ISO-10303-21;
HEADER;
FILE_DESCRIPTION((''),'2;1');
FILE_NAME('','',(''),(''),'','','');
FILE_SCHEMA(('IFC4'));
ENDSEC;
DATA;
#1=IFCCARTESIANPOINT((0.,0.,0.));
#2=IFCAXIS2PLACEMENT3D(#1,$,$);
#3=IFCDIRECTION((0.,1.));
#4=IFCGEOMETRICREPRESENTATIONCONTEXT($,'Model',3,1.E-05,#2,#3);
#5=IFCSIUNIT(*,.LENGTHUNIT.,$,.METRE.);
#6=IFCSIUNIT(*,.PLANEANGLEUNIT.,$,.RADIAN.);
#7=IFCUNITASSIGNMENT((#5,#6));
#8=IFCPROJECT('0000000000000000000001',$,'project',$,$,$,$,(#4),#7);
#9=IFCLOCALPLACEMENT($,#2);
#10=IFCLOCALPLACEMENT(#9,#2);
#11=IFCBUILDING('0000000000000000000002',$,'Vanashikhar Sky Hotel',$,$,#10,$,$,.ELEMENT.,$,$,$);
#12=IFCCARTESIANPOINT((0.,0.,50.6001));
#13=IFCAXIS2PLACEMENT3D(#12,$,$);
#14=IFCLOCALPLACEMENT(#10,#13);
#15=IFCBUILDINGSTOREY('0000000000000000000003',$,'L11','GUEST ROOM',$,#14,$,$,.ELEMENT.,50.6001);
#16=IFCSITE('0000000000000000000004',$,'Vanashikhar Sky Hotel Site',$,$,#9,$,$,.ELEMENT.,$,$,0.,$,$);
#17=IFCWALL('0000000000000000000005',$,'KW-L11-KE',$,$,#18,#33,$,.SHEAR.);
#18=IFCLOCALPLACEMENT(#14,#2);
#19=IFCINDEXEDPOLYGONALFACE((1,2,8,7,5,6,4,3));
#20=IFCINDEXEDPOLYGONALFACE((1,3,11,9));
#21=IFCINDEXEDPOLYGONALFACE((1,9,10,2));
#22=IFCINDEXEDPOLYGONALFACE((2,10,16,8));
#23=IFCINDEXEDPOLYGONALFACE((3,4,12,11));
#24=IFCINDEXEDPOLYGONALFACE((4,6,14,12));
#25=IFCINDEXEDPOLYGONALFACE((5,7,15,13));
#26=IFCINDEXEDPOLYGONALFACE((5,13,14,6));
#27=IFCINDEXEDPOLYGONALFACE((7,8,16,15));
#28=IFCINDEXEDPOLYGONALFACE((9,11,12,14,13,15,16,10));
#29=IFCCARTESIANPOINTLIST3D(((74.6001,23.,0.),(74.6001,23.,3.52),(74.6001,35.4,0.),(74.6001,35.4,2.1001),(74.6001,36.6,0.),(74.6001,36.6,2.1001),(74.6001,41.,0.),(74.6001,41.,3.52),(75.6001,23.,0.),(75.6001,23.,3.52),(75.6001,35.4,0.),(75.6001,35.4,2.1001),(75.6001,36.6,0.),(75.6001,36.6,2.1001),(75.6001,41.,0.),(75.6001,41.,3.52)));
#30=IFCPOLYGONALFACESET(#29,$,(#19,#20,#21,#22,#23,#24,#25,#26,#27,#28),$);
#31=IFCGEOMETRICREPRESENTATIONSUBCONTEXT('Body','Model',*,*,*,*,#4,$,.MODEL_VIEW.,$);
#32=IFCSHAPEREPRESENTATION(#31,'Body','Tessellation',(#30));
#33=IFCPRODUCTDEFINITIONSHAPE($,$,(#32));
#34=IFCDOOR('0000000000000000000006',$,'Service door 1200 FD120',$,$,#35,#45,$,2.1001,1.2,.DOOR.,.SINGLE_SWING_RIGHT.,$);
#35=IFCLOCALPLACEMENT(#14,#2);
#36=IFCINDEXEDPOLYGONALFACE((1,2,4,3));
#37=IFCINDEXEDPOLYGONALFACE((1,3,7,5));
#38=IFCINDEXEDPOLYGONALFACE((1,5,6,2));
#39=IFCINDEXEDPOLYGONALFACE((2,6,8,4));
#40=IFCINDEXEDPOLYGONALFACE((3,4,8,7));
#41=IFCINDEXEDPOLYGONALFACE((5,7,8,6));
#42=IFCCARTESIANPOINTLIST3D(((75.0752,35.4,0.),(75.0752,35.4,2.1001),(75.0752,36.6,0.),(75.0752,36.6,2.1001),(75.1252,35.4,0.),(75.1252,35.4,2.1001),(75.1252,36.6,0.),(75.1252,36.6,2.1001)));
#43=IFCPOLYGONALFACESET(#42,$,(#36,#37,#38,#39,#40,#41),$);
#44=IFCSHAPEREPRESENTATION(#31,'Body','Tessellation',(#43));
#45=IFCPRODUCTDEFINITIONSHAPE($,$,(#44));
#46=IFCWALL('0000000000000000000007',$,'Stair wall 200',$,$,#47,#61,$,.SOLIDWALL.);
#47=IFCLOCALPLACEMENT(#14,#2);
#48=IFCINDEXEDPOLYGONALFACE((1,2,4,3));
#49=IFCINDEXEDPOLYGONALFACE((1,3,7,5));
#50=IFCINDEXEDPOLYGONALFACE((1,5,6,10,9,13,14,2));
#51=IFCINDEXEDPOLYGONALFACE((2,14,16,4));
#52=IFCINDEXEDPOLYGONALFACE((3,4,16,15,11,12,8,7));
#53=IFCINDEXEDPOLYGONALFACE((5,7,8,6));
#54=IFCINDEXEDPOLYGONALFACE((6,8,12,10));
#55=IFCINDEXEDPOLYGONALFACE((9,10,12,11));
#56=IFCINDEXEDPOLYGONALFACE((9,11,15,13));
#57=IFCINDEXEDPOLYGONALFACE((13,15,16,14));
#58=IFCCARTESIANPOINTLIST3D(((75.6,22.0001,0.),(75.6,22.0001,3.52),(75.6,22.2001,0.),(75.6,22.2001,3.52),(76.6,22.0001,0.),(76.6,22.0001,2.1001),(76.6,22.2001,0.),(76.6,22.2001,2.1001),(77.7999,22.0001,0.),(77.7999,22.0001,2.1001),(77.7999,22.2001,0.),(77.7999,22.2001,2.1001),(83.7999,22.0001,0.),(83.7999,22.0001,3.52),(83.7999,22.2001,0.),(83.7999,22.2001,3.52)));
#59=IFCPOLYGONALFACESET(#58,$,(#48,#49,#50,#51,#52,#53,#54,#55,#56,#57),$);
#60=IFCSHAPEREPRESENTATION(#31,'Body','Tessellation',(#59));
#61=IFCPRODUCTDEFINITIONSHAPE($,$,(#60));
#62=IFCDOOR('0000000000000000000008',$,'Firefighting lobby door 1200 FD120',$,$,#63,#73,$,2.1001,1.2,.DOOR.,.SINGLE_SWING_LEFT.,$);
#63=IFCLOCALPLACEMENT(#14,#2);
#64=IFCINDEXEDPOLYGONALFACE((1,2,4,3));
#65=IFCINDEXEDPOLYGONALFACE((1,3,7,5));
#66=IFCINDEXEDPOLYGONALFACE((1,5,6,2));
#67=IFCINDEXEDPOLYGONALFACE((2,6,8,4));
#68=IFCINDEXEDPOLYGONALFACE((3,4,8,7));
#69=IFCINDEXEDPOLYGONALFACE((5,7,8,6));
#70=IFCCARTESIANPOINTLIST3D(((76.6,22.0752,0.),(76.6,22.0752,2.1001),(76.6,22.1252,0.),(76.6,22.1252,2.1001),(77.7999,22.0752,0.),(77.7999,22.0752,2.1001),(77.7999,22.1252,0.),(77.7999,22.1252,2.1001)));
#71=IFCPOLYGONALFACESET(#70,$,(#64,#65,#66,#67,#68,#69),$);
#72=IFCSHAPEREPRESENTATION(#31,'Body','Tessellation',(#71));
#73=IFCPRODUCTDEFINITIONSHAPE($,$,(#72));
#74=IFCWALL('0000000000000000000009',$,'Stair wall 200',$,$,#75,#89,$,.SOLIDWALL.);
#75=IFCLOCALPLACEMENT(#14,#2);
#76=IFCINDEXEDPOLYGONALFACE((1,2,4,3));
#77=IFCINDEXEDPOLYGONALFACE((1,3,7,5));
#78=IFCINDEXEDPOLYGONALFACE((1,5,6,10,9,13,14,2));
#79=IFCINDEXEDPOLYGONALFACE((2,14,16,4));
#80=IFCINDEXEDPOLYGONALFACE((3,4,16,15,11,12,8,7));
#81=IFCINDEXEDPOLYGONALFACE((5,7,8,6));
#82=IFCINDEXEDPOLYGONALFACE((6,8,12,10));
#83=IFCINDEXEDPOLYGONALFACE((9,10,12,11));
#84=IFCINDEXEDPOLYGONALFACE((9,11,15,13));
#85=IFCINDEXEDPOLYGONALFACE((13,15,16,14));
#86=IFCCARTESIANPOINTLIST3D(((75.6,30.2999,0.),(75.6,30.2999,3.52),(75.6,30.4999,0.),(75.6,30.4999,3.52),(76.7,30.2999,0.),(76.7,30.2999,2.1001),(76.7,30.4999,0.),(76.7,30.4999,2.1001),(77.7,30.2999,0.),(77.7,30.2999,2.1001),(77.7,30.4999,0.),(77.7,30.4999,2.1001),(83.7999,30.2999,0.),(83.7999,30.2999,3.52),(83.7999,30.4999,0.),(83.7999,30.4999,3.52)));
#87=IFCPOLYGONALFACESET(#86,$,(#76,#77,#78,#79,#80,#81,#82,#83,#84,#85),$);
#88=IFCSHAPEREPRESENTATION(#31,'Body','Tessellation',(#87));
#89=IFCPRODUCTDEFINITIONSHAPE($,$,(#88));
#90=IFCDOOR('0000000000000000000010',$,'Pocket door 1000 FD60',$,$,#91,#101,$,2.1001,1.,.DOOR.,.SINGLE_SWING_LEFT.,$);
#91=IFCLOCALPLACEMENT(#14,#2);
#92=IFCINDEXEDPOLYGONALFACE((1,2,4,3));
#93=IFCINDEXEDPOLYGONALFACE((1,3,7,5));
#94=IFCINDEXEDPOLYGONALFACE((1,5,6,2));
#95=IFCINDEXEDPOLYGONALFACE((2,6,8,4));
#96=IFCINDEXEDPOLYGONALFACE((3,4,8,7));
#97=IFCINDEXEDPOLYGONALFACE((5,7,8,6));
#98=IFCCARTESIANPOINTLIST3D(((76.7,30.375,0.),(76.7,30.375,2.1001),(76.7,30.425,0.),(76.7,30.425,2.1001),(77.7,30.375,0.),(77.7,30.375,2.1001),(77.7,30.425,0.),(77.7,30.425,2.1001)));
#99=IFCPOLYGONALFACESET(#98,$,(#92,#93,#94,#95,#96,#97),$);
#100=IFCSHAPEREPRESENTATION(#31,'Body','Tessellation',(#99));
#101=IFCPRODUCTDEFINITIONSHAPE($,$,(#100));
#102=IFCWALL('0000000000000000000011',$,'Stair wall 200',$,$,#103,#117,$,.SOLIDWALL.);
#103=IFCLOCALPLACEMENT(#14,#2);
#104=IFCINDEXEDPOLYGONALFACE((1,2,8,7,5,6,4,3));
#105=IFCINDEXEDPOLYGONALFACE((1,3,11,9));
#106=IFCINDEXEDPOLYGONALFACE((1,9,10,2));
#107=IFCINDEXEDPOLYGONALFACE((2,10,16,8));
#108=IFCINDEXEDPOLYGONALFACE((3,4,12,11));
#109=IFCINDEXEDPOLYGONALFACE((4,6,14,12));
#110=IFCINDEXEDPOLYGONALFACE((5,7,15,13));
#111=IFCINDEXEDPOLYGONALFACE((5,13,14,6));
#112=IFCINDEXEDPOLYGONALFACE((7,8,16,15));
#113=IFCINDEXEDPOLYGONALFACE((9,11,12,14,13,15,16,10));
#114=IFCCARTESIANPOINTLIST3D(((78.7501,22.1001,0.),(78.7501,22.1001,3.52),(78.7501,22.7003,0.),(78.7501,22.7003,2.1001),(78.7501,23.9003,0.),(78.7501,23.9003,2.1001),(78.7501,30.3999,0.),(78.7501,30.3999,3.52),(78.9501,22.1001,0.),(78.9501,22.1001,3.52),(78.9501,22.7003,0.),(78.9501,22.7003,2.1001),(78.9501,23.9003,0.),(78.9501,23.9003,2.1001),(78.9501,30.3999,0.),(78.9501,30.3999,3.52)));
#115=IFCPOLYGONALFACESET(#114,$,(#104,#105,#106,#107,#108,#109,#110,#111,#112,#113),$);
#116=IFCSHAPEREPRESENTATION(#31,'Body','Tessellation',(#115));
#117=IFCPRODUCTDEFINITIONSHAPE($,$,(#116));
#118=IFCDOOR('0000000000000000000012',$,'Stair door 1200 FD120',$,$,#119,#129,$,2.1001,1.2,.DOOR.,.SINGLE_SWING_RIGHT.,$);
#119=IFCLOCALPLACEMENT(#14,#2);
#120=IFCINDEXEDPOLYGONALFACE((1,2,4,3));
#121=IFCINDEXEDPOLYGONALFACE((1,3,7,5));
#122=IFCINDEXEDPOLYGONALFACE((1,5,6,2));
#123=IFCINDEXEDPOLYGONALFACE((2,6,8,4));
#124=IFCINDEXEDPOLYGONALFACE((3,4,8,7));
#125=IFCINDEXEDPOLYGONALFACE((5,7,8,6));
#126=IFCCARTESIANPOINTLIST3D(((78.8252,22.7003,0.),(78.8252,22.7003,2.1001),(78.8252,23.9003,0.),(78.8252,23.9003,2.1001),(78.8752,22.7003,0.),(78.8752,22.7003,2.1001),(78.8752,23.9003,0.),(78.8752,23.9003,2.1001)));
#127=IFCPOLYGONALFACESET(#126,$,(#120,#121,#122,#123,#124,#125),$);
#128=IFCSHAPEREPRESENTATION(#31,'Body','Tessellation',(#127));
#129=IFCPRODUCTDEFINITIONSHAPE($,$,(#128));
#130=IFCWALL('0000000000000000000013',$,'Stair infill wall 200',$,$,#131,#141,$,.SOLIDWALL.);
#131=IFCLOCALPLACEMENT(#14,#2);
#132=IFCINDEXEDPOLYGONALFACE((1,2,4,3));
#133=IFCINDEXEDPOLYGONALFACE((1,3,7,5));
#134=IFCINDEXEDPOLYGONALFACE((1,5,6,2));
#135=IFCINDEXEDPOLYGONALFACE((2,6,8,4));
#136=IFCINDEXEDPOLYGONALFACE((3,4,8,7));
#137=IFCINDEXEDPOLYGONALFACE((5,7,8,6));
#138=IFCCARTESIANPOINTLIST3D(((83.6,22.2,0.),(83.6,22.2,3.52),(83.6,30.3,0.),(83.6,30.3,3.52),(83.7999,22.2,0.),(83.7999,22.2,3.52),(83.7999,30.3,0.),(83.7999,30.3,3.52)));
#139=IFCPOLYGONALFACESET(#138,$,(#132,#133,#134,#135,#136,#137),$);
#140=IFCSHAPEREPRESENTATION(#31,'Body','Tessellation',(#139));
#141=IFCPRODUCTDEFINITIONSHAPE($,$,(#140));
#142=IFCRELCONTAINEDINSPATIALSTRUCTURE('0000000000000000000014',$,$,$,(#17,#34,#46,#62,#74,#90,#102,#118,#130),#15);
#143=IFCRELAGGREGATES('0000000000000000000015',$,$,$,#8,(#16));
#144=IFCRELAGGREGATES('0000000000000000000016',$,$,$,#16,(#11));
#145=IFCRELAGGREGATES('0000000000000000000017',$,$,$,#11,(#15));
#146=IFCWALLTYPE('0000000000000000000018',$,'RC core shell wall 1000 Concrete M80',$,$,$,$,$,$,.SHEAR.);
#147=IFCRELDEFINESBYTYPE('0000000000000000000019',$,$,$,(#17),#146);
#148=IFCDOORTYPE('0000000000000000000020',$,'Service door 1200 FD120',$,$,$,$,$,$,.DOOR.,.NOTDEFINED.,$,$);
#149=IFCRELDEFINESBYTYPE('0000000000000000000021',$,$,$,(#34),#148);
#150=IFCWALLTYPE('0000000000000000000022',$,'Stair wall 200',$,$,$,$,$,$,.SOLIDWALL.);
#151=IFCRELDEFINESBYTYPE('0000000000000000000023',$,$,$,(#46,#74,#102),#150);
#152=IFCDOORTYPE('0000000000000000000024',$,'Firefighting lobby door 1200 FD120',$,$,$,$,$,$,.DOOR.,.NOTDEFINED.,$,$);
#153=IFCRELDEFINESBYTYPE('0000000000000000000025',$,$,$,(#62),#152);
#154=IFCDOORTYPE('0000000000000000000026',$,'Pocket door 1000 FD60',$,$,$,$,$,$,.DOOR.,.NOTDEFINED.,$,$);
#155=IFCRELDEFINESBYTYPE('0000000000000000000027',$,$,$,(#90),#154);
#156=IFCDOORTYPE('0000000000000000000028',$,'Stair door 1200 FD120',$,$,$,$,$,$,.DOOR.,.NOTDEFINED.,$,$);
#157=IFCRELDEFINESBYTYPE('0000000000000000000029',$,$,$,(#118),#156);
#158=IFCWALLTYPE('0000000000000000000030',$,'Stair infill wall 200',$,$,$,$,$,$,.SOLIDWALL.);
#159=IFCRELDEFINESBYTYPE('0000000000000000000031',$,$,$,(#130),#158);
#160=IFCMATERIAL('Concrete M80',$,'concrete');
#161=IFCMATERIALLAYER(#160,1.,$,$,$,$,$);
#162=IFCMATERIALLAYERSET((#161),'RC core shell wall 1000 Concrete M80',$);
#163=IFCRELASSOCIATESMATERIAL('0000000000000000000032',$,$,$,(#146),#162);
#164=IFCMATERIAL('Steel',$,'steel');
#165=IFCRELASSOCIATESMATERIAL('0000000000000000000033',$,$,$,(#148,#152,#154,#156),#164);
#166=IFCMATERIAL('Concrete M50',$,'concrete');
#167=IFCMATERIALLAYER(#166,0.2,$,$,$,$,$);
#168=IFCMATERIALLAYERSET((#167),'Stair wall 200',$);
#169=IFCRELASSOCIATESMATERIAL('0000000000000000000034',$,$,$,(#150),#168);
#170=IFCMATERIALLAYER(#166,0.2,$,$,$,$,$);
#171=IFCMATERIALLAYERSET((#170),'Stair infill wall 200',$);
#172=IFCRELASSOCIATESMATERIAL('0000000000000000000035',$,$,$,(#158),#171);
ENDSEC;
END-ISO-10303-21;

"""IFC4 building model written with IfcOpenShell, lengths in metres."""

from ifc_helpers import new_model, si_unit, direction, frame, frame_2d, origin, place, context, subcontext, project, spatial, rectangle, extrude, source, transform, mapped, material, layer, layer_set, type_object, element, fill, save


model = new_model("IFC4")

# Units and contexts
model_context = context("Model", 3, precision=1e-05, world=origin(), true_north=direction((0.0, 1.0)))
body_context = subcontext(model_context, "Body", "Model", "MODEL_VIEW")
ifc_project = project(units=[si_unit("LENGTHUNIT", "METRE"), si_unit("PLANEANGLEUNIT", "RADIAN")], contexts=[model_context])

# Site, building, storey
site_placement = place(None, origin())
site = spatial("IfcSite", under=ifc_project, at=site_placement, Name="Vanashikhar Sky Hotel Site", CompositionType="ELEMENT", RefElevation=0.0)
building_placement = place(site_placement, origin())
building = spatial("IfcBuilding", under=site, at=building_placement, Name="Vanashikhar Sky Hotel", CompositionType="ELEMENT")
storey_placement = place(building_placement, frame((0.0, 0.0, 50.6001)))
storey = spatial("IfcBuildingStorey", under=building, at=storey_placement, Name="L11", Description="GUEST ROOM", CompositionType="ELEMENT", Elevation=50.6001)

# Walls, openings, doors
ifc_material_1 = material(Name="Concrete M80", Category="concrete")
ifc_layer_1 = layer(ifc_material_1, 1.0)
ifc_layer_set_1 = layer_set([ifc_layer_1], Name="RC core shell wall 1000 Concrete M80")
wall_type_1 = type_object("IfcWallType", Name="RC core shell wall 1000 Concrete M80", PredefinedType="SHEAR", material=ifc_layer_set_1)
shared_shape_1 = source(origin(), body_context, "Body", "SweptSolid", [
    extrude(rectangle(XDim=18.0, YDim=1.0, at=frame_2d((9.0, 0.0))), origin(), (0.0, 0.0, 1.0), 3.52),
])
wall_1_placement = place(storey_placement, frame((75.1001, 23.0, 0.0), z_axis=(0.0, 0.0, 1.0), x_axis=(0.0, 1.0, 0.0)))
wall_1 = element("IfcWall", 1, at=wall_1_placement, inside=storey, type_object=wall_type_1, Name="KW-L11-KE", PredefinedType="SHEAR", context=body_context, shape_type="MappedRepresentation", body=[
    mapped(shared_shape_1, transform((0.0, 0.0, 0.0), scale=1.0)),
])
shared_shape_2 = source(origin(), body_context, "Body", "SweptSolid", [
    extrude(rectangle(XDim=1.2, YDim=2.1001, at=frame_2d((0.6001, 1.05))), frame((0.0, 0.51, 0.0), z_axis=(0.0, -1.0, 0.0), x_axis=(1.0, 0.0, 0.0)), (0.0, 0.0, 1.0), 1.02),
])
opening_1_placement = place(wall_1_placement, frame((12.3999, 0.0, 0.0)))
opening_1 = element("IfcOpeningElement", 2, at=opening_1_placement, cuts=wall_1, PredefinedType="OPENING", context=body_context, shape_type="MappedRepresentation", body=[
    mapped(shared_shape_2, transform((0.0, 0.0, 0.0), scale=1.0)),
])
ifc_material_2 = material(Name="Steel", Category="steel")
door_type_1 = type_object("IfcDoorType", Name="Service door 1200 FD120", OperationType="NOTDEFINED", PredefinedType="DOOR", material=ifc_material_2)
shared_shape_3 = source(origin(), body_context, "Body", "SweptSolid", [
    extrude(rectangle(XDim=1.2, YDim=2.1001, at=frame_2d((0.6001, 1.05))), frame((0.0, 0.0249, 0.0), z_axis=(0.0, -1.0, 0.0), x_axis=(1.0, 0.0, 0.0)), (0.0, 0.0, 1.0), 0.05),
])
door_1_placement = place(opening_1_placement, origin())
door_1 = element("IfcDoor", 3, at=door_1_placement, inside=storey, type_object=door_type_1, Name="Service door 1200 FD120", OperationType="SINGLE_SWING_RIGHT", OverallHeight=2.1001, OverallWidth=1.2, PredefinedType="DOOR", context=body_context, shape_type="MappedRepresentation", body=[
    mapped(shared_shape_3, transform((0.0, 0.0, 0.0), scale=1.0)),
])
fill(opening_1, door_1)
ifc_material_3 = material(Name="Concrete M50", Category="concrete")
ifc_layer_2 = layer(ifc_material_3, 0.2)
ifc_layer_set_2 = layer_set([ifc_layer_2], Name="Stair wall 200")
wall_type_2 = type_object("IfcWallType", Name="Stair wall 200", PredefinedType="SOLIDWALL", material=ifc_layer_set_2)
shared_shape_4 = source(origin(), body_context, "Body", "SweptSolid", [
    extrude(rectangle(XDim=8.2, YDim=0.2, at=frame_2d((4.1001, 0.0))), origin(), (0.0, 0.0, 1.0), 3.52),
])
wall_2_placement = place(storey_placement, frame((83.8, 22.1001, 0.0), z_axis=(0.0, 0.0, 1.0), x_axis=(-1.0, 0.0, 0.0)))
wall_2 = element("IfcWall", 4, at=wall_2_placement, inside=storey, type_object=wall_type_2, Name="Stair wall 200", PredefinedType="SOLIDWALL", context=body_context, shape_type="MappedRepresentation", body=[
    mapped(shared_shape_4, transform((0.0, 0.0, 0.0), scale=1.0)),
])
shared_shape_5 = source(origin(), body_context, "Body", "SweptSolid", [
    extrude(rectangle(XDim=1.2, YDim=2.1001, at=frame_2d((0.6001, 1.05))), frame((0.0, 0.1099, 0.0), z_axis=(0.0, -1.0, 0.0), x_axis=(1.0, 0.0, 0.0)), (0.0, 0.0, 1.0), 0.22),
])
opening_2_placement = place(wall_2_placement, frame((6.0, 0.0, 0.0)))
opening_2 = element("IfcOpeningElement", 5, at=opening_2_placement, cuts=wall_2, PredefinedType="OPENING", context=body_context, shape_type="MappedRepresentation", body=[
    mapped(shared_shape_5, transform((0.0, 0.0, 0.0), scale=1.0)),
])
door_type_2 = type_object("IfcDoorType", Name="Firefighting lobby door 1200 FD120", OperationType="NOTDEFINED", PredefinedType="DOOR", material=ifc_material_2)
door_2_placement = place(opening_2_placement, origin())
door_2 = element("IfcDoor", 6, at=door_2_placement, inside=storey, type_object=door_type_2, Name="Firefighting lobby door 1200 FD120", OperationType="SINGLE_SWING_LEFT", OverallHeight=2.1001, OverallWidth=1.2, PredefinedType="DOOR", context=body_context, shape_type="MappedRepresentation", body=[
    mapped(shared_shape_3, transform((0.0, 0.0, 0.0), scale=1.0)),
])
fill(opening_2, door_2)
wall_3_placement = place(storey_placement, frame((83.8, 30.3999, 0.0), z_axis=(0.0, 0.0, 1.0), x_axis=(-1.0, 0.0, 0.0)))
wall_3 = element("IfcWall", 7, at=wall_3_placement, inside=storey, type_object=wall_type_2, Name="Stair wall 200", PredefinedType="SOLIDWALL", context=body_context, shape_type="MappedRepresentation", body=[
    mapped(shared_shape_4, transform((0.0, 0.0, 0.0), scale=1.0)),
])
shared_shape_6 = source(origin(), body_context, "Body", "SweptSolid", [
    extrude(rectangle(XDim=1.0, YDim=2.1001, at=frame_2d((0.5, 1.05))), frame((0.0, 0.1099, 0.0), z_axis=(0.0, -1.0, 0.0), x_axis=(1.0, 0.0, 0.0)), (0.0, 0.0, 1.0), 0.22),
])
opening_3_placement = place(wall_3_placement, frame((6.1001, 0.0, 0.0)))
opening_3 = element("IfcOpeningElement", 8, at=opening_3_placement, cuts=wall_3, PredefinedType="OPENING", context=body_context, shape_type="MappedRepresentation", body=[
    mapped(shared_shape_6, transform((0.0, 0.0, 0.0), scale=1.0)),
])
door_type_3 = type_object("IfcDoorType", Name="Pocket door 1000 FD60", OperationType="NOTDEFINED", PredefinedType="DOOR", material=ifc_material_2)
shared_shape_7 = source(origin(), body_context, "Body", "SweptSolid", [
    extrude(rectangle(XDim=1.0, YDim=2.1001, at=frame_2d((0.5, 1.05))), frame((0.0, 0.0249, 0.0), z_axis=(0.0, -1.0, 0.0), x_axis=(1.0, 0.0, 0.0)), (0.0, 0.0, 1.0), 0.05),
])
door_3_placement = place(opening_3_placement, origin())
door_3 = element("IfcDoor", 9, at=door_3_placement, inside=storey, type_object=door_type_3, Name="Pocket door 1000 FD60", OperationType="SINGLE_SWING_LEFT", OverallHeight=2.1001, OverallWidth=1.0, PredefinedType="DOOR", context=body_context, shape_type="MappedRepresentation", body=[
    mapped(shared_shape_7, transform((0.0, 0.0, 0.0), scale=1.0)),
])
fill(opening_3, door_3)
shared_shape_8 = source(origin(), body_context, "Body", "SweptSolid", [
    extrude(rectangle(XDim=8.2998, YDim=0.2, at=frame_2d((4.1499, 0.0))), origin(), (0.0, 0.0, 1.0), 3.52),
])
wall_4_placement = place(storey_placement, frame((78.8501, 22.1001, 0.0), z_axis=(0.0, 0.0, 1.0), x_axis=(0.0, 1.0, 0.0)))
wall_4 = element("IfcWall", 10, at=wall_4_placement, inside=storey, type_object=wall_type_2, Name="Stair wall 200", PredefinedType="SOLIDWALL", context=body_context, shape_type="MappedRepresentation", body=[
    mapped(shared_shape_8, transform((0.0, 0.0, 0.0), scale=1.0)),
])
opening_4_placement = place(wall_4_placement, frame((0.6001, 0.0, 0.0)))
opening_4 = element("IfcOpeningElement", 11, at=opening_4_placement, cuts=wall_4, PredefinedType="OPENING", context=body_context, shape_type="MappedRepresentation", body=[
    mapped(shared_shape_5, transform((0.0, 0.0, 0.0), scale=1.0)),
])
door_type_4 = type_object("IfcDoorType", Name="Stair door 1200 FD120", OperationType="NOTDEFINED", PredefinedType="DOOR", material=ifc_material_2)
door_4_placement = place(opening_4_placement, origin())
door_4 = element("IfcDoor", 12, at=door_4_placement, inside=storey, type_object=door_type_4, Name="Stair door 1200 FD120", OperationType="SINGLE_SWING_RIGHT", OverallHeight=2.1001, OverallWidth=1.2, PredefinedType="DOOR", context=body_context, shape_type="MappedRepresentation", body=[
    mapped(shared_shape_3, transform((0.0, 0.0, 0.0), scale=1.0)),
])
fill(opening_4, door_4)

# Wall
ifc_layer_3 = layer(ifc_material_3, 0.2)
ifc_layer_set_3 = layer_set([ifc_layer_3], Name="Stair infill wall 200")
wall_type_3 = type_object("IfcWallType", Name="Stair infill wall 200", PredefinedType="SOLIDWALL", material=ifc_layer_set_3)
shared_shape_9 = source(origin(), body_context, "Body", "SweptSolid", [
    extrude(rectangle(XDim=8.1001, YDim=0.2, at=frame_2d((4.05, 0.0))), origin(), (0.0, 0.0, 1.0), 3.52),
])
wall_5_placement = place(storey_placement, frame((83.7, 22.2, 0.0), z_axis=(0.0, 0.0, 1.0), x_axis=(0.0, 1.0, 0.0)))
element("IfcWall", 13, at=wall_5_placement, inside=storey, type_object=wall_type_3, Name="Stair infill wall 200", PredefinedType="SOLIDWALL", context=body_context, shape_type="MappedRepresentation", body=[
    mapped(shared_shape_9, transform((0.0, 0.0, 0.0), scale=1.0)),
])

save(model, "model.ifc")
